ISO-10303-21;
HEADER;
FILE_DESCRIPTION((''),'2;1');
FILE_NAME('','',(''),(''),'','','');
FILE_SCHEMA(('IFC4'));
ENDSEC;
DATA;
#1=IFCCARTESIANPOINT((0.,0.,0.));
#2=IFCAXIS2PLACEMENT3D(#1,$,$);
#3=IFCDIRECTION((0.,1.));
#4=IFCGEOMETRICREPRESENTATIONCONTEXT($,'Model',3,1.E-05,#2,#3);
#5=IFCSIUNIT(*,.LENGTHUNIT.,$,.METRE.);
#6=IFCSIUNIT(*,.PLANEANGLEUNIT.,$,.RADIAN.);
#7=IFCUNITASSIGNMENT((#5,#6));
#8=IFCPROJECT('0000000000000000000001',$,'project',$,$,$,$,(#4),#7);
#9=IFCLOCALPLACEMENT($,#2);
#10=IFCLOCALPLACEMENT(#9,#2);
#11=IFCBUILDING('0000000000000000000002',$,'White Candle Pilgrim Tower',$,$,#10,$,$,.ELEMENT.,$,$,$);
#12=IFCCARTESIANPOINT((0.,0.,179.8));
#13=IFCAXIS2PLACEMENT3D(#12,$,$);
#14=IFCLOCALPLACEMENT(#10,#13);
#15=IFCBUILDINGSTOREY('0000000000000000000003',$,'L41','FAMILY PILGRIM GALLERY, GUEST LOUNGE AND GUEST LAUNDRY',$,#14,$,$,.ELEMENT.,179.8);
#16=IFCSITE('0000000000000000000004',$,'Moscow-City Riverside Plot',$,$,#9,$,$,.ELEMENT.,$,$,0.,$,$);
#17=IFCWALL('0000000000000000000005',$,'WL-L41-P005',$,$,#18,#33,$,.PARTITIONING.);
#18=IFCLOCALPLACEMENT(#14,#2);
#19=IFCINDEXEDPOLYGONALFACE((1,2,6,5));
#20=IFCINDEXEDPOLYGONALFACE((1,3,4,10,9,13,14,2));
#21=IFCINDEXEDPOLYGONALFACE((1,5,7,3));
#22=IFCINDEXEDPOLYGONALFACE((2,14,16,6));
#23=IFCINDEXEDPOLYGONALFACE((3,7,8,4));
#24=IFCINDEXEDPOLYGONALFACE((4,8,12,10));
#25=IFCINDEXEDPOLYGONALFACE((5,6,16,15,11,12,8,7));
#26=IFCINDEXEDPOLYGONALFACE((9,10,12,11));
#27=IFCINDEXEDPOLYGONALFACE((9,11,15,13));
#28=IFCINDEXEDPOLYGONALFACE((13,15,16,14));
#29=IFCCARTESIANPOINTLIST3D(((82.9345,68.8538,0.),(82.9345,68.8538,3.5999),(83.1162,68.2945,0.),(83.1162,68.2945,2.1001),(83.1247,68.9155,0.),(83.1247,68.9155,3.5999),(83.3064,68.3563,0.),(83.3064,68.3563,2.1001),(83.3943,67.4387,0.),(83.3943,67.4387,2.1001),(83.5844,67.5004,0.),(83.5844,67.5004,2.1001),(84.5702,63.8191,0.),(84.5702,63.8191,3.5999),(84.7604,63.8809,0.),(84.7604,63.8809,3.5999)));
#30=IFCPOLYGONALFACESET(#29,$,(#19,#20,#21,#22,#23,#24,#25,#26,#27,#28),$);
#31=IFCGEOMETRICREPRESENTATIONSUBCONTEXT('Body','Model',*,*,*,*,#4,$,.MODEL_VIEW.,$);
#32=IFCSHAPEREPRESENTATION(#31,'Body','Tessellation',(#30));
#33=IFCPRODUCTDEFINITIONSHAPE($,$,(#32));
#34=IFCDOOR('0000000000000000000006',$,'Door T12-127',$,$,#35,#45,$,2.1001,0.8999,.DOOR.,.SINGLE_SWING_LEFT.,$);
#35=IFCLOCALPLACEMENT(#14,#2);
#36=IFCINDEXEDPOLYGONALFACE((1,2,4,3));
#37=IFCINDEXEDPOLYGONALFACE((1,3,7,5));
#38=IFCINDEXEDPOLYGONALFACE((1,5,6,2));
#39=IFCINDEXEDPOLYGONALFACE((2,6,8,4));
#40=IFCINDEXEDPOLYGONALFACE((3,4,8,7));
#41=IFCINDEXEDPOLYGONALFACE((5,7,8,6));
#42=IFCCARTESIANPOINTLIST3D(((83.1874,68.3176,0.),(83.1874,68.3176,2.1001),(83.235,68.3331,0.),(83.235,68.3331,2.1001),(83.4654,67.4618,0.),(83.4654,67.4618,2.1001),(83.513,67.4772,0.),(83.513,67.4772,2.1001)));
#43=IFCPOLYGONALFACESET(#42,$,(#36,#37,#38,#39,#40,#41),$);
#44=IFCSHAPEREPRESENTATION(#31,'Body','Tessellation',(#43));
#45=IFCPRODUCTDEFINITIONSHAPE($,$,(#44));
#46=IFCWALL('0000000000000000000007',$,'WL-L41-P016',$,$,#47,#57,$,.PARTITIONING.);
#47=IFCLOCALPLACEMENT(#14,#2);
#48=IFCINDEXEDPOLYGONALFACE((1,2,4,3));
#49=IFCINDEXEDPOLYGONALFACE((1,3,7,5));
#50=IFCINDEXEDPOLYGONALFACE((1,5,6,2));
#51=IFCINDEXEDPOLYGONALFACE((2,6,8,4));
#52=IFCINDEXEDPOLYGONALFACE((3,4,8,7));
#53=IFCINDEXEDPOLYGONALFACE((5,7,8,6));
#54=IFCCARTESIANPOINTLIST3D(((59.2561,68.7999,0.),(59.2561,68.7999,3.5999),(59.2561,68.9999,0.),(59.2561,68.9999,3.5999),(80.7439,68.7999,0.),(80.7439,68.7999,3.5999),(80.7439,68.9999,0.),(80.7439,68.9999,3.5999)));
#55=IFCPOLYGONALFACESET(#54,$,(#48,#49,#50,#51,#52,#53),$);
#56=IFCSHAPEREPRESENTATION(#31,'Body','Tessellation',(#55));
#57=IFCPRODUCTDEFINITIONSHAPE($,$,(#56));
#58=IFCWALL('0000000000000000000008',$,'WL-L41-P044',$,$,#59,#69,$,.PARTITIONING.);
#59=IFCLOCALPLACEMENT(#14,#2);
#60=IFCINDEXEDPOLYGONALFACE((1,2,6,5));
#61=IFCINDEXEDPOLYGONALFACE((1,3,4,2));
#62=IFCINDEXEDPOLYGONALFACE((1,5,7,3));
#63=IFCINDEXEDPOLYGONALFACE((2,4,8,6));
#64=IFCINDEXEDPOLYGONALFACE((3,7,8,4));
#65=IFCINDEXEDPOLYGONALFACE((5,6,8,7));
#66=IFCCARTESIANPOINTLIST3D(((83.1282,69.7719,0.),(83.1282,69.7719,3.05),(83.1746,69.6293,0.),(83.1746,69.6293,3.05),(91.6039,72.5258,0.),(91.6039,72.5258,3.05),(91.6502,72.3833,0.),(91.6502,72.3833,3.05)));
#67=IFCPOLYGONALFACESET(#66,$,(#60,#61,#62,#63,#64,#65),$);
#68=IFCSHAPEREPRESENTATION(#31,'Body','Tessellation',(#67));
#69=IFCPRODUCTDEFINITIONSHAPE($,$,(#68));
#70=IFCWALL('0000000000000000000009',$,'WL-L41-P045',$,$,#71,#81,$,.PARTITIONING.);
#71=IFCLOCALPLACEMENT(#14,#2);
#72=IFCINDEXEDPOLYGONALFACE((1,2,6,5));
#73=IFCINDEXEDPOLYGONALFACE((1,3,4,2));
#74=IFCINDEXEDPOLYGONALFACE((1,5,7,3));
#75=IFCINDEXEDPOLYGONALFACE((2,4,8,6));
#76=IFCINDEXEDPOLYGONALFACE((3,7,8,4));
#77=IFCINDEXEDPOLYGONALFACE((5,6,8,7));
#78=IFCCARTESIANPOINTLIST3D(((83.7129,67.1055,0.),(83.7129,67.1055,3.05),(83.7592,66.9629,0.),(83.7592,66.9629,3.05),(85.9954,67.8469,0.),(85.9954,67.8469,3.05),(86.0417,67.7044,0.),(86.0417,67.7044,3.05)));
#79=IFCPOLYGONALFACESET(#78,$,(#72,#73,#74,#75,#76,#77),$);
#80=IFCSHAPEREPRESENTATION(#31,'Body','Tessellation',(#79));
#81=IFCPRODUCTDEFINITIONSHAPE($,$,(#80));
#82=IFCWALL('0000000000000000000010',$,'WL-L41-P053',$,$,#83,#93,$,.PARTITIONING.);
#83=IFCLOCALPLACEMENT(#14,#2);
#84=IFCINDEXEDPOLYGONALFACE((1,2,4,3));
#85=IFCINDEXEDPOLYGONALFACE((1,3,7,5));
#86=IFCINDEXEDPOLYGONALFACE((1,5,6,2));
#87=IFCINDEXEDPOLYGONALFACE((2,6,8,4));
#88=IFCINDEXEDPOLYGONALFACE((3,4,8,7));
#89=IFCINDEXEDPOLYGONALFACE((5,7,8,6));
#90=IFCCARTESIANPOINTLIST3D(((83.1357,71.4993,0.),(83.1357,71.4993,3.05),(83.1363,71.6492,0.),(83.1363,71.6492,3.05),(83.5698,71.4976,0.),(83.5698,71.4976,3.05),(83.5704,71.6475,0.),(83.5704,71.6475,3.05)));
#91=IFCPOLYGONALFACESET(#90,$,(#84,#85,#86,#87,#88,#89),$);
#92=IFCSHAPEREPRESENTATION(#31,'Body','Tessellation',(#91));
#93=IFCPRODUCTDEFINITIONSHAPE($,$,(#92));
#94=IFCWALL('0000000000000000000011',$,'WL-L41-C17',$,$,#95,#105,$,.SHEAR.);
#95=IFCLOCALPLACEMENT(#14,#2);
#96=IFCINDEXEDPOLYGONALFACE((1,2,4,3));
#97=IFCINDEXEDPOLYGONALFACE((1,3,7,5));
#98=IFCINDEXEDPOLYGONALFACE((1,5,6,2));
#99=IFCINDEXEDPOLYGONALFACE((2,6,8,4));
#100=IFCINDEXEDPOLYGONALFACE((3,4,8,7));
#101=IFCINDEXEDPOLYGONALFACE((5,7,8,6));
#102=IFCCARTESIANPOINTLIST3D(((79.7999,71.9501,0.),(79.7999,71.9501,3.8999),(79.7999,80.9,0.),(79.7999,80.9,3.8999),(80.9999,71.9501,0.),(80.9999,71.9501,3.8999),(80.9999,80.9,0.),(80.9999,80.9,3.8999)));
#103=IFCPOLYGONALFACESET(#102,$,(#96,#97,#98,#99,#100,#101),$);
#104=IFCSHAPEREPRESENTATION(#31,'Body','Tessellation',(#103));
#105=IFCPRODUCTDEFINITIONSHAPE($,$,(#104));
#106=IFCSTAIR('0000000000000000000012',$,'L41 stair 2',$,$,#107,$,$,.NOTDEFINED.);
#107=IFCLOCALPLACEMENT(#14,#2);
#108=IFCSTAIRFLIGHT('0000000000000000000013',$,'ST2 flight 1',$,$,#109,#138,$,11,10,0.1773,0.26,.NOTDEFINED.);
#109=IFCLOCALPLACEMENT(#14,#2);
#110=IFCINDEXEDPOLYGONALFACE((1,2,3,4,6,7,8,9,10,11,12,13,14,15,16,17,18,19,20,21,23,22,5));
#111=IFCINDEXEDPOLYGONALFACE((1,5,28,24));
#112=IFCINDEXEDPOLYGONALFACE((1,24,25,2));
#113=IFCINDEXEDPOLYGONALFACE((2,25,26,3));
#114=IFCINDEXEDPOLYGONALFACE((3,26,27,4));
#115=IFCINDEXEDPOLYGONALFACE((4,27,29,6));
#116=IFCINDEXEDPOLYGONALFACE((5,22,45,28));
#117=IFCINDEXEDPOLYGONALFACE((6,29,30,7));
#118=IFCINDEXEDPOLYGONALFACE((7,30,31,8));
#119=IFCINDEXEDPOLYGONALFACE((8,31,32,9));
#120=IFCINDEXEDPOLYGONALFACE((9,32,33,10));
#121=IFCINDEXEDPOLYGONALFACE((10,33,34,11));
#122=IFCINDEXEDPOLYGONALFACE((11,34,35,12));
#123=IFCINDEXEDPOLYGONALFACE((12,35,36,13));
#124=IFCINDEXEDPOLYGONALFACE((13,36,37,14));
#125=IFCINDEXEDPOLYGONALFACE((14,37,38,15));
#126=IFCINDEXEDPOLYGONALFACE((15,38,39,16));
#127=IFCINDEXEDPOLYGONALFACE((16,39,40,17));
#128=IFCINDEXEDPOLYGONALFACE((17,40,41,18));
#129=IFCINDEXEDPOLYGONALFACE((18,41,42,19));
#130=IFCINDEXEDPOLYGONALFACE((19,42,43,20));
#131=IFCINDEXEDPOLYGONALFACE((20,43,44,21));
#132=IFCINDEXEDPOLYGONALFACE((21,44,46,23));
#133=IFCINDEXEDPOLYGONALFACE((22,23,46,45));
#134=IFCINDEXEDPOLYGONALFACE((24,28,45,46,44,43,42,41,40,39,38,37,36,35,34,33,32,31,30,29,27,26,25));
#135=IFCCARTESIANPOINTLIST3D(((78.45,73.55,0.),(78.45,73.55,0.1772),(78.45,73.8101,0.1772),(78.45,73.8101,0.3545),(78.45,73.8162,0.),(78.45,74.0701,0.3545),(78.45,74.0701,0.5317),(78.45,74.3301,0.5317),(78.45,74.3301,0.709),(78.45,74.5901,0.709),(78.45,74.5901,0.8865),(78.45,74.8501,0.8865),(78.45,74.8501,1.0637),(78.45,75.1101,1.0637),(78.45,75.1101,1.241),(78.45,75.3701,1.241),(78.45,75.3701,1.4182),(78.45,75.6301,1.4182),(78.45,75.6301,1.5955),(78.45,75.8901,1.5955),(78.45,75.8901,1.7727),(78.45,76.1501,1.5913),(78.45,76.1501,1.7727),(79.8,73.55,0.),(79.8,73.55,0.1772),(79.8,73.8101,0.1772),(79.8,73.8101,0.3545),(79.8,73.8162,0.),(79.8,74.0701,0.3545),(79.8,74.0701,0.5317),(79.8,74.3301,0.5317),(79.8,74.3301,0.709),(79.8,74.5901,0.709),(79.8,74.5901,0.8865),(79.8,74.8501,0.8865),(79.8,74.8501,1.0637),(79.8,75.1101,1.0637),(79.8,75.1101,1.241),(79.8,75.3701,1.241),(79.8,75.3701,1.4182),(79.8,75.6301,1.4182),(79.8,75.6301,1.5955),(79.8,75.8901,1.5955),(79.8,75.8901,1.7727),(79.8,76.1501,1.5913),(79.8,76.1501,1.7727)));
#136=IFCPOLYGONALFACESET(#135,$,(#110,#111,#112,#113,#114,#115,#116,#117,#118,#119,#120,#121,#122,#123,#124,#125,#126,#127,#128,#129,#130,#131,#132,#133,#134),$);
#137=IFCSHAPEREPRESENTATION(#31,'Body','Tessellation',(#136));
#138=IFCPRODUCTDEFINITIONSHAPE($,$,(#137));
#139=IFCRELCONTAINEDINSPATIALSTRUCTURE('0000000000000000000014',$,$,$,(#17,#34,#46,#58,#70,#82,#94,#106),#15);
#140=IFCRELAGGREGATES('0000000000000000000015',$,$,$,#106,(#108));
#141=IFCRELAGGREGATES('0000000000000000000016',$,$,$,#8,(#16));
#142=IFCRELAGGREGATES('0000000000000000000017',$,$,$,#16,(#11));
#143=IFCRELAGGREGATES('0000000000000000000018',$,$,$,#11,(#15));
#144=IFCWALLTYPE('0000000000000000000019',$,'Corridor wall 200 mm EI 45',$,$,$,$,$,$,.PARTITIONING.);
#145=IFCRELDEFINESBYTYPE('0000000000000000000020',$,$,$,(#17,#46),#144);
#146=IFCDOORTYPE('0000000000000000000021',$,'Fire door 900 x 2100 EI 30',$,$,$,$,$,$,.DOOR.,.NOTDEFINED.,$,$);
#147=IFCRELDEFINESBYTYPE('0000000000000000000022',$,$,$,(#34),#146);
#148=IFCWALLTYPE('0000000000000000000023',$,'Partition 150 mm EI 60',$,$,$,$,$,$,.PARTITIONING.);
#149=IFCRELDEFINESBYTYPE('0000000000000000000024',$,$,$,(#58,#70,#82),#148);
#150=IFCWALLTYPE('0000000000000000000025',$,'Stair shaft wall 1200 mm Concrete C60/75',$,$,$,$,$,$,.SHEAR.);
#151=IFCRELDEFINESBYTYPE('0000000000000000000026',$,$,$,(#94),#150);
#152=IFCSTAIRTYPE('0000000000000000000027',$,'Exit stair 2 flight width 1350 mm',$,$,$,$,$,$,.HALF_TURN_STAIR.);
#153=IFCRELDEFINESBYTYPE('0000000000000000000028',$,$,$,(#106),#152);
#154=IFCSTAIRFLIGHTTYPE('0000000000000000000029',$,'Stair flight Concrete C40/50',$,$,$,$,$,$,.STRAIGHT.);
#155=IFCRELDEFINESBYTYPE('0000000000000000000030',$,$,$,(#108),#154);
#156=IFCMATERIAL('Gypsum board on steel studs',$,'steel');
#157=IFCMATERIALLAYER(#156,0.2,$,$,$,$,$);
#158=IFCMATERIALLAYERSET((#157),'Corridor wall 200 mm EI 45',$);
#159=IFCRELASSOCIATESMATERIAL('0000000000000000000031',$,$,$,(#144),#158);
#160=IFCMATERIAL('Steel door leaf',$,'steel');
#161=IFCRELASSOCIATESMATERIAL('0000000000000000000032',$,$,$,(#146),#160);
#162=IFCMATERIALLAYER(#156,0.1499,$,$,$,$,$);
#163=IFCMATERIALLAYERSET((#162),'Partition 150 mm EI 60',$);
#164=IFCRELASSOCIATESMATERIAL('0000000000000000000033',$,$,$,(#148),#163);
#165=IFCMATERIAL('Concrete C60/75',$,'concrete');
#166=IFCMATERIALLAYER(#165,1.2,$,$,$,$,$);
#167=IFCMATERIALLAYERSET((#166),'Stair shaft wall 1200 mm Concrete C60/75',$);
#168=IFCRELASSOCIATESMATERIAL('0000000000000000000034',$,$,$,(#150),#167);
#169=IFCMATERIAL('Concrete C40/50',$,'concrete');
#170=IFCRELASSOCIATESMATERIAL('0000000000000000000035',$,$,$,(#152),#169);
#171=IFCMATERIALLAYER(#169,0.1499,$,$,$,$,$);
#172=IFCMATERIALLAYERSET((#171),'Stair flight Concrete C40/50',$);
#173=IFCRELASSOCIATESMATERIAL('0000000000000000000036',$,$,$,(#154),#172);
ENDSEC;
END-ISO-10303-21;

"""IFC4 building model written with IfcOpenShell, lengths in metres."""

from ifc_helpers import new_model, si_unit, direction, frame, frame_2d, origin, place, context, subcontext, project, spatial, polyline, rectangle, outline, extrude, material, layer, layer_set, type_object, element, fill, aggregate, save


model = new_model("IFC4")

# Units and contexts
model_context = context("Model", 3, precision=1e-05, world=origin(), true_north=direction((0.0, 1.0)))
body_context = subcontext(model_context, "Body", "Model", "MODEL_VIEW")
ifc_project = project(units=[si_unit("LENGTHUNIT", "METRE"), si_unit("PLANEANGLEUNIT", "RADIAN")], contexts=[model_context])

# Site, building, storey
site_placement = place(None, origin())
site = spatial("IfcSite", under=ifc_project, at=site_placement, Name="Moscow-City Riverside Plot", CompositionType="ELEMENT", RefElevation=0.0)
building_placement = place(site_placement, origin())
building = spatial("IfcBuilding", under=site, at=building_placement, Name="White Candle Pilgrim Tower", CompositionType="ELEMENT")
storey_placement = place(building_placement, frame((0.0, 0.0, 179.8)))
storey = spatial("IfcBuildingStorey", under=building, at=storey_placement, Name="L41", Description="FAMILY PILGRIM GALLERY, GUEST LOUNGE AND GUEST LAUNDRY", CompositionType="ELEMENT", Elevation=179.8)

# Wall, opening, door
ifc_material_1 = material(Name="Gypsum board on steel studs", Category="steel")
ifc_layer_1 = layer(ifc_material_1, 0.2)
ifc_layer_set_1 = layer_set([ifc_layer_1], Name="Corridor wall 200 mm EI 45")
wall_type_1 = type_object("IfcWallType", Name="Corridor wall 200 mm EI 45", PredefinedType="PARTITIONING", material=ifc_layer_set_1)
wall_1_placement = place(storey_placement, frame((83.0295, 68.8848, 0.0), z_axis=(0.0, 0.0, 1.0), x_axis=(0.308996, -0.951063, 0.0)))
wall_1 = element("IfcWall", 1, at=wall_1_placement, inside=storey, type_object=wall_type_1, Name="WL-L41-P005", PredefinedType="PARTITIONING", context=body_context, shape_type="SweptSolid", body=[
    extrude(rectangle(XDim=5.2937, YDim=0.2, at=frame_2d((2.647, 0.0))), origin(), (0.0, 0.0, 1.0), 3.5999),
])
opening_placement = place(wall_1_placement, frame((0.5881, 0.0, 0.0)))
opening = element("IfcOpeningElement", 2, at=opening_placement, cuts=wall_1, PredefinedType="OPENING", context=body_context, shape_type="SweptSolid", body=[
    extrude(rectangle(XDim=0.8999, YDim=2.1001, at=frame_2d((0.45, 1.05))), frame((0.0, 0.1099, 0.0), z_axis=(0.0, -1.0, 0.0), x_axis=(1.0, 0.0, 0.0)), (0.0, 0.0, 1.0), 0.22),
])
ifc_material_2 = material(Name="Steel door leaf", Category="steel")
door_type = type_object("IfcDoorType", Name="Fire door 900 x 2100 EI 30", OperationType="NOTDEFINED", PredefinedType="DOOR", material=ifc_material_2)
door_placement = place(opening_placement, origin())
door = element("IfcDoor", 3, at=door_placement, inside=storey, type_object=door_type, Name="Door T12-127", OperationType="SINGLE_SWING_LEFT", OverallHeight=2.1001, OverallWidth=0.8999, PredefinedType="DOOR", context=body_context, shape_type="SweptSolid", body=[
    extrude(rectangle(XDim=0.8999, YDim=2.1001, at=frame_2d((0.45, 1.05))), frame((0.0, 0.0249, 0.0), z_axis=(0.0, -1.0, 0.0), x_axis=(1.0, 0.0, 0.0)), (0.0, 0.0, 1.0), 0.05),
])
fill(opening, door)

# Walls
wall_2_placement = place(storey_placement, frame((80.7439, 68.8999, 0.0), z_axis=(0.0, 0.0, 1.0), x_axis=(-1.0, 0.0, 0.0)))
element("IfcWall", 4, at=wall_2_placement, inside=storey, type_object=wall_type_1, Name="WL-L41-P016", PredefinedType="PARTITIONING", context=body_context, shape_type="SweptSolid", body=[
    extrude(rectangle(XDim=21.4878, YDim=0.2, at=frame_2d((10.7439, 0.0))), origin(), (0.0, 0.0, 1.0), 3.5999),
])
ifc_layer_2 = layer(ifc_material_1, 0.1499)
ifc_layer_set_2 = layer_set([ifc_layer_2], Name="Partition 150 mm EI 60")
wall_type_2 = type_object("IfcWallType", Name="Partition 150 mm EI 60", PredefinedType="PARTITIONING", material=ifc_layer_set_2)
wall_3_placement = place(storey_placement, frame((91.6272, 72.4546, 0.0), z_axis=(0.0, 0.0, 1.0), x_axis=(-0.951056, -0.309019, 0.0)))
element("IfcWall", 5, at=wall_3_placement, inside=storey, type_object=wall_type_2, Name="WL-L41-P044", PredefinedType="PARTITIONING", context=body_context, shape_type="SweptSolid", body=[
    extrude(rectangle(XDim=8.9119, YDim=0.1499, at=frame_2d((4.4561, 0.0))), origin(), (0.0, 0.0, 1.0), 3.05),
])
wall_4_placement = place(storey_placement, frame((83.7361, 67.0342, 0.0), z_axis=(0.0, 0.0, 1.0), x_axis=(0.951077, 0.308955, 0.0)))
element("IfcWall", 6, at=wall_4_placement, inside=storey, type_object=wall_type_2, Name="WL-L41-P045", PredefinedType="PARTITIONING", context=body_context, shape_type="SweptSolid", body=[
    extrude(rectangle(XDim=2.3999, YDim=0.1499, at=frame_2d((1.2, 0.0))), origin(), (0.0, 0.0, 1.0), 3.05),
])
wall_5_placement = place(storey_placement, frame((83.5701, 71.5725, 0.0), z_axis=(0.0, 0.0, 1.0), x_axis=(-0.999992, 0.003937, 0.0)))
element("IfcWall", 7, at=wall_5_placement, inside=storey, type_object=wall_type_2, Name="WL-L41-P053", PredefinedType="PARTITIONING", context=body_context, shape_type="SweptSolid", body=[
    extrude(rectangle(XDim=0.4341, YDim=0.1499, at=frame_2d((0.217, 0.0))), origin(), (0.0, 0.0, 1.0), 3.05),
])
ifc_material_3 = material(Name="Concrete C60/75", Category="concrete")
ifc_layer_3 = layer(ifc_material_3, 1.2)
ifc_layer_set_3 = layer_set([ifc_layer_3], Name="Stair shaft wall 1200 mm Concrete C60/75")
wall_type_3 = type_object("IfcWallType", Name="Stair shaft wall 1200 mm Concrete C60/75", PredefinedType="SHEAR", material=ifc_layer_set_3)
wall_6_placement = place(storey_placement, frame((80.3999, 71.95, 0.0), z_axis=(0.0, 0.0, 1.0), x_axis=(0.0, 1.0, 0.0)))
element("IfcWall", 8, at=wall_6_placement, inside=storey, type_object=wall_type_3, Name="WL-L41-C17", PredefinedType="SHEAR", context=body_context, shape_type="SweptSolid", body=[
    extrude(rectangle(XDim=8.95, YDim=1.2, at=frame_2d((4.4751, 0.0))), origin(), (0.0, 0.0, 1.0), 3.8999),
])

# Stair, stair flight
ifc_material_4 = material(Name="Concrete C40/50", Category="concrete")
stair_type = type_object("IfcStairType", Name="Exit stair 2 flight width 1350 mm", PredefinedType="HALF_TURN_STAIR", material=ifc_material_4)
stair_placement = place(storey_placement, origin())
stair = element("IfcStair", 9, at=stair_placement, inside=storey, type_object=stair_type, Name="L41 stair 2", PredefinedType="NOTDEFINED")
ifc_layer_4 = layer(ifc_material_4, 0.1499)
ifc_layer_set_4 = layer_set([ifc_layer_4], Name="Stair flight Concrete C40/50")
stair_flight_type = type_object("IfcStairFlightType", Name="Stair flight Concrete C40/50", PredefinedType="STRAIGHT", material=ifc_layer_set_4)
stair_flight_placement = place(storey_placement, frame((79.125, 73.55, 0.0), z_axis=(0.0, 0.0, 1.0), x_axis=(0.0, 1.0, 0.0)))
stair_flight = element("IfcStairFlight", 10, at=stair_flight_placement, type_object=stair_flight_type, Name="ST2 flight 1", NumberOfRisers=11, NumberOfTreads=10, PredefinedType="NOTDEFINED", RiserHeight=0.1773, TreadLength=0.26, context=body_context, shape_type="SweptSolid", body=[
    extrude(outline(polyline([(0.0, 0.0), (0.0, 0.1772), (0.26, 0.1772), (0.26, 0.3545), (0.52, 0.3545), (0.52, 0.5317), (0.78, 0.5317), (0.78, 0.709), (1.04, 0.709), (1.04, 0.8865), (1.3, 0.8865), (1.3, 1.0637), (1.5601, 1.0637), (1.5601, 1.241), (1.8201, 1.241), (1.8201, 1.4182), (2.0801, 1.4182), (2.0801, 1.5955), (2.3401, 1.5955), (2.3401, 1.7727), (2.6001, 1.7727), (2.6001, 1.95), (2.6001, 1.5913), (0.2661, 0.0), (0.0, 0.0)])), frame((0.0, 0.675, 0.0), z_axis=(0.0, -1.0, 0.0), x_axis=(1.0, 0.0, 0.0)), (0.0, 0.0, 1.0), 1.3501),
])
aggregate(stair, [stair_flight])

save(model, "model.ifc")
